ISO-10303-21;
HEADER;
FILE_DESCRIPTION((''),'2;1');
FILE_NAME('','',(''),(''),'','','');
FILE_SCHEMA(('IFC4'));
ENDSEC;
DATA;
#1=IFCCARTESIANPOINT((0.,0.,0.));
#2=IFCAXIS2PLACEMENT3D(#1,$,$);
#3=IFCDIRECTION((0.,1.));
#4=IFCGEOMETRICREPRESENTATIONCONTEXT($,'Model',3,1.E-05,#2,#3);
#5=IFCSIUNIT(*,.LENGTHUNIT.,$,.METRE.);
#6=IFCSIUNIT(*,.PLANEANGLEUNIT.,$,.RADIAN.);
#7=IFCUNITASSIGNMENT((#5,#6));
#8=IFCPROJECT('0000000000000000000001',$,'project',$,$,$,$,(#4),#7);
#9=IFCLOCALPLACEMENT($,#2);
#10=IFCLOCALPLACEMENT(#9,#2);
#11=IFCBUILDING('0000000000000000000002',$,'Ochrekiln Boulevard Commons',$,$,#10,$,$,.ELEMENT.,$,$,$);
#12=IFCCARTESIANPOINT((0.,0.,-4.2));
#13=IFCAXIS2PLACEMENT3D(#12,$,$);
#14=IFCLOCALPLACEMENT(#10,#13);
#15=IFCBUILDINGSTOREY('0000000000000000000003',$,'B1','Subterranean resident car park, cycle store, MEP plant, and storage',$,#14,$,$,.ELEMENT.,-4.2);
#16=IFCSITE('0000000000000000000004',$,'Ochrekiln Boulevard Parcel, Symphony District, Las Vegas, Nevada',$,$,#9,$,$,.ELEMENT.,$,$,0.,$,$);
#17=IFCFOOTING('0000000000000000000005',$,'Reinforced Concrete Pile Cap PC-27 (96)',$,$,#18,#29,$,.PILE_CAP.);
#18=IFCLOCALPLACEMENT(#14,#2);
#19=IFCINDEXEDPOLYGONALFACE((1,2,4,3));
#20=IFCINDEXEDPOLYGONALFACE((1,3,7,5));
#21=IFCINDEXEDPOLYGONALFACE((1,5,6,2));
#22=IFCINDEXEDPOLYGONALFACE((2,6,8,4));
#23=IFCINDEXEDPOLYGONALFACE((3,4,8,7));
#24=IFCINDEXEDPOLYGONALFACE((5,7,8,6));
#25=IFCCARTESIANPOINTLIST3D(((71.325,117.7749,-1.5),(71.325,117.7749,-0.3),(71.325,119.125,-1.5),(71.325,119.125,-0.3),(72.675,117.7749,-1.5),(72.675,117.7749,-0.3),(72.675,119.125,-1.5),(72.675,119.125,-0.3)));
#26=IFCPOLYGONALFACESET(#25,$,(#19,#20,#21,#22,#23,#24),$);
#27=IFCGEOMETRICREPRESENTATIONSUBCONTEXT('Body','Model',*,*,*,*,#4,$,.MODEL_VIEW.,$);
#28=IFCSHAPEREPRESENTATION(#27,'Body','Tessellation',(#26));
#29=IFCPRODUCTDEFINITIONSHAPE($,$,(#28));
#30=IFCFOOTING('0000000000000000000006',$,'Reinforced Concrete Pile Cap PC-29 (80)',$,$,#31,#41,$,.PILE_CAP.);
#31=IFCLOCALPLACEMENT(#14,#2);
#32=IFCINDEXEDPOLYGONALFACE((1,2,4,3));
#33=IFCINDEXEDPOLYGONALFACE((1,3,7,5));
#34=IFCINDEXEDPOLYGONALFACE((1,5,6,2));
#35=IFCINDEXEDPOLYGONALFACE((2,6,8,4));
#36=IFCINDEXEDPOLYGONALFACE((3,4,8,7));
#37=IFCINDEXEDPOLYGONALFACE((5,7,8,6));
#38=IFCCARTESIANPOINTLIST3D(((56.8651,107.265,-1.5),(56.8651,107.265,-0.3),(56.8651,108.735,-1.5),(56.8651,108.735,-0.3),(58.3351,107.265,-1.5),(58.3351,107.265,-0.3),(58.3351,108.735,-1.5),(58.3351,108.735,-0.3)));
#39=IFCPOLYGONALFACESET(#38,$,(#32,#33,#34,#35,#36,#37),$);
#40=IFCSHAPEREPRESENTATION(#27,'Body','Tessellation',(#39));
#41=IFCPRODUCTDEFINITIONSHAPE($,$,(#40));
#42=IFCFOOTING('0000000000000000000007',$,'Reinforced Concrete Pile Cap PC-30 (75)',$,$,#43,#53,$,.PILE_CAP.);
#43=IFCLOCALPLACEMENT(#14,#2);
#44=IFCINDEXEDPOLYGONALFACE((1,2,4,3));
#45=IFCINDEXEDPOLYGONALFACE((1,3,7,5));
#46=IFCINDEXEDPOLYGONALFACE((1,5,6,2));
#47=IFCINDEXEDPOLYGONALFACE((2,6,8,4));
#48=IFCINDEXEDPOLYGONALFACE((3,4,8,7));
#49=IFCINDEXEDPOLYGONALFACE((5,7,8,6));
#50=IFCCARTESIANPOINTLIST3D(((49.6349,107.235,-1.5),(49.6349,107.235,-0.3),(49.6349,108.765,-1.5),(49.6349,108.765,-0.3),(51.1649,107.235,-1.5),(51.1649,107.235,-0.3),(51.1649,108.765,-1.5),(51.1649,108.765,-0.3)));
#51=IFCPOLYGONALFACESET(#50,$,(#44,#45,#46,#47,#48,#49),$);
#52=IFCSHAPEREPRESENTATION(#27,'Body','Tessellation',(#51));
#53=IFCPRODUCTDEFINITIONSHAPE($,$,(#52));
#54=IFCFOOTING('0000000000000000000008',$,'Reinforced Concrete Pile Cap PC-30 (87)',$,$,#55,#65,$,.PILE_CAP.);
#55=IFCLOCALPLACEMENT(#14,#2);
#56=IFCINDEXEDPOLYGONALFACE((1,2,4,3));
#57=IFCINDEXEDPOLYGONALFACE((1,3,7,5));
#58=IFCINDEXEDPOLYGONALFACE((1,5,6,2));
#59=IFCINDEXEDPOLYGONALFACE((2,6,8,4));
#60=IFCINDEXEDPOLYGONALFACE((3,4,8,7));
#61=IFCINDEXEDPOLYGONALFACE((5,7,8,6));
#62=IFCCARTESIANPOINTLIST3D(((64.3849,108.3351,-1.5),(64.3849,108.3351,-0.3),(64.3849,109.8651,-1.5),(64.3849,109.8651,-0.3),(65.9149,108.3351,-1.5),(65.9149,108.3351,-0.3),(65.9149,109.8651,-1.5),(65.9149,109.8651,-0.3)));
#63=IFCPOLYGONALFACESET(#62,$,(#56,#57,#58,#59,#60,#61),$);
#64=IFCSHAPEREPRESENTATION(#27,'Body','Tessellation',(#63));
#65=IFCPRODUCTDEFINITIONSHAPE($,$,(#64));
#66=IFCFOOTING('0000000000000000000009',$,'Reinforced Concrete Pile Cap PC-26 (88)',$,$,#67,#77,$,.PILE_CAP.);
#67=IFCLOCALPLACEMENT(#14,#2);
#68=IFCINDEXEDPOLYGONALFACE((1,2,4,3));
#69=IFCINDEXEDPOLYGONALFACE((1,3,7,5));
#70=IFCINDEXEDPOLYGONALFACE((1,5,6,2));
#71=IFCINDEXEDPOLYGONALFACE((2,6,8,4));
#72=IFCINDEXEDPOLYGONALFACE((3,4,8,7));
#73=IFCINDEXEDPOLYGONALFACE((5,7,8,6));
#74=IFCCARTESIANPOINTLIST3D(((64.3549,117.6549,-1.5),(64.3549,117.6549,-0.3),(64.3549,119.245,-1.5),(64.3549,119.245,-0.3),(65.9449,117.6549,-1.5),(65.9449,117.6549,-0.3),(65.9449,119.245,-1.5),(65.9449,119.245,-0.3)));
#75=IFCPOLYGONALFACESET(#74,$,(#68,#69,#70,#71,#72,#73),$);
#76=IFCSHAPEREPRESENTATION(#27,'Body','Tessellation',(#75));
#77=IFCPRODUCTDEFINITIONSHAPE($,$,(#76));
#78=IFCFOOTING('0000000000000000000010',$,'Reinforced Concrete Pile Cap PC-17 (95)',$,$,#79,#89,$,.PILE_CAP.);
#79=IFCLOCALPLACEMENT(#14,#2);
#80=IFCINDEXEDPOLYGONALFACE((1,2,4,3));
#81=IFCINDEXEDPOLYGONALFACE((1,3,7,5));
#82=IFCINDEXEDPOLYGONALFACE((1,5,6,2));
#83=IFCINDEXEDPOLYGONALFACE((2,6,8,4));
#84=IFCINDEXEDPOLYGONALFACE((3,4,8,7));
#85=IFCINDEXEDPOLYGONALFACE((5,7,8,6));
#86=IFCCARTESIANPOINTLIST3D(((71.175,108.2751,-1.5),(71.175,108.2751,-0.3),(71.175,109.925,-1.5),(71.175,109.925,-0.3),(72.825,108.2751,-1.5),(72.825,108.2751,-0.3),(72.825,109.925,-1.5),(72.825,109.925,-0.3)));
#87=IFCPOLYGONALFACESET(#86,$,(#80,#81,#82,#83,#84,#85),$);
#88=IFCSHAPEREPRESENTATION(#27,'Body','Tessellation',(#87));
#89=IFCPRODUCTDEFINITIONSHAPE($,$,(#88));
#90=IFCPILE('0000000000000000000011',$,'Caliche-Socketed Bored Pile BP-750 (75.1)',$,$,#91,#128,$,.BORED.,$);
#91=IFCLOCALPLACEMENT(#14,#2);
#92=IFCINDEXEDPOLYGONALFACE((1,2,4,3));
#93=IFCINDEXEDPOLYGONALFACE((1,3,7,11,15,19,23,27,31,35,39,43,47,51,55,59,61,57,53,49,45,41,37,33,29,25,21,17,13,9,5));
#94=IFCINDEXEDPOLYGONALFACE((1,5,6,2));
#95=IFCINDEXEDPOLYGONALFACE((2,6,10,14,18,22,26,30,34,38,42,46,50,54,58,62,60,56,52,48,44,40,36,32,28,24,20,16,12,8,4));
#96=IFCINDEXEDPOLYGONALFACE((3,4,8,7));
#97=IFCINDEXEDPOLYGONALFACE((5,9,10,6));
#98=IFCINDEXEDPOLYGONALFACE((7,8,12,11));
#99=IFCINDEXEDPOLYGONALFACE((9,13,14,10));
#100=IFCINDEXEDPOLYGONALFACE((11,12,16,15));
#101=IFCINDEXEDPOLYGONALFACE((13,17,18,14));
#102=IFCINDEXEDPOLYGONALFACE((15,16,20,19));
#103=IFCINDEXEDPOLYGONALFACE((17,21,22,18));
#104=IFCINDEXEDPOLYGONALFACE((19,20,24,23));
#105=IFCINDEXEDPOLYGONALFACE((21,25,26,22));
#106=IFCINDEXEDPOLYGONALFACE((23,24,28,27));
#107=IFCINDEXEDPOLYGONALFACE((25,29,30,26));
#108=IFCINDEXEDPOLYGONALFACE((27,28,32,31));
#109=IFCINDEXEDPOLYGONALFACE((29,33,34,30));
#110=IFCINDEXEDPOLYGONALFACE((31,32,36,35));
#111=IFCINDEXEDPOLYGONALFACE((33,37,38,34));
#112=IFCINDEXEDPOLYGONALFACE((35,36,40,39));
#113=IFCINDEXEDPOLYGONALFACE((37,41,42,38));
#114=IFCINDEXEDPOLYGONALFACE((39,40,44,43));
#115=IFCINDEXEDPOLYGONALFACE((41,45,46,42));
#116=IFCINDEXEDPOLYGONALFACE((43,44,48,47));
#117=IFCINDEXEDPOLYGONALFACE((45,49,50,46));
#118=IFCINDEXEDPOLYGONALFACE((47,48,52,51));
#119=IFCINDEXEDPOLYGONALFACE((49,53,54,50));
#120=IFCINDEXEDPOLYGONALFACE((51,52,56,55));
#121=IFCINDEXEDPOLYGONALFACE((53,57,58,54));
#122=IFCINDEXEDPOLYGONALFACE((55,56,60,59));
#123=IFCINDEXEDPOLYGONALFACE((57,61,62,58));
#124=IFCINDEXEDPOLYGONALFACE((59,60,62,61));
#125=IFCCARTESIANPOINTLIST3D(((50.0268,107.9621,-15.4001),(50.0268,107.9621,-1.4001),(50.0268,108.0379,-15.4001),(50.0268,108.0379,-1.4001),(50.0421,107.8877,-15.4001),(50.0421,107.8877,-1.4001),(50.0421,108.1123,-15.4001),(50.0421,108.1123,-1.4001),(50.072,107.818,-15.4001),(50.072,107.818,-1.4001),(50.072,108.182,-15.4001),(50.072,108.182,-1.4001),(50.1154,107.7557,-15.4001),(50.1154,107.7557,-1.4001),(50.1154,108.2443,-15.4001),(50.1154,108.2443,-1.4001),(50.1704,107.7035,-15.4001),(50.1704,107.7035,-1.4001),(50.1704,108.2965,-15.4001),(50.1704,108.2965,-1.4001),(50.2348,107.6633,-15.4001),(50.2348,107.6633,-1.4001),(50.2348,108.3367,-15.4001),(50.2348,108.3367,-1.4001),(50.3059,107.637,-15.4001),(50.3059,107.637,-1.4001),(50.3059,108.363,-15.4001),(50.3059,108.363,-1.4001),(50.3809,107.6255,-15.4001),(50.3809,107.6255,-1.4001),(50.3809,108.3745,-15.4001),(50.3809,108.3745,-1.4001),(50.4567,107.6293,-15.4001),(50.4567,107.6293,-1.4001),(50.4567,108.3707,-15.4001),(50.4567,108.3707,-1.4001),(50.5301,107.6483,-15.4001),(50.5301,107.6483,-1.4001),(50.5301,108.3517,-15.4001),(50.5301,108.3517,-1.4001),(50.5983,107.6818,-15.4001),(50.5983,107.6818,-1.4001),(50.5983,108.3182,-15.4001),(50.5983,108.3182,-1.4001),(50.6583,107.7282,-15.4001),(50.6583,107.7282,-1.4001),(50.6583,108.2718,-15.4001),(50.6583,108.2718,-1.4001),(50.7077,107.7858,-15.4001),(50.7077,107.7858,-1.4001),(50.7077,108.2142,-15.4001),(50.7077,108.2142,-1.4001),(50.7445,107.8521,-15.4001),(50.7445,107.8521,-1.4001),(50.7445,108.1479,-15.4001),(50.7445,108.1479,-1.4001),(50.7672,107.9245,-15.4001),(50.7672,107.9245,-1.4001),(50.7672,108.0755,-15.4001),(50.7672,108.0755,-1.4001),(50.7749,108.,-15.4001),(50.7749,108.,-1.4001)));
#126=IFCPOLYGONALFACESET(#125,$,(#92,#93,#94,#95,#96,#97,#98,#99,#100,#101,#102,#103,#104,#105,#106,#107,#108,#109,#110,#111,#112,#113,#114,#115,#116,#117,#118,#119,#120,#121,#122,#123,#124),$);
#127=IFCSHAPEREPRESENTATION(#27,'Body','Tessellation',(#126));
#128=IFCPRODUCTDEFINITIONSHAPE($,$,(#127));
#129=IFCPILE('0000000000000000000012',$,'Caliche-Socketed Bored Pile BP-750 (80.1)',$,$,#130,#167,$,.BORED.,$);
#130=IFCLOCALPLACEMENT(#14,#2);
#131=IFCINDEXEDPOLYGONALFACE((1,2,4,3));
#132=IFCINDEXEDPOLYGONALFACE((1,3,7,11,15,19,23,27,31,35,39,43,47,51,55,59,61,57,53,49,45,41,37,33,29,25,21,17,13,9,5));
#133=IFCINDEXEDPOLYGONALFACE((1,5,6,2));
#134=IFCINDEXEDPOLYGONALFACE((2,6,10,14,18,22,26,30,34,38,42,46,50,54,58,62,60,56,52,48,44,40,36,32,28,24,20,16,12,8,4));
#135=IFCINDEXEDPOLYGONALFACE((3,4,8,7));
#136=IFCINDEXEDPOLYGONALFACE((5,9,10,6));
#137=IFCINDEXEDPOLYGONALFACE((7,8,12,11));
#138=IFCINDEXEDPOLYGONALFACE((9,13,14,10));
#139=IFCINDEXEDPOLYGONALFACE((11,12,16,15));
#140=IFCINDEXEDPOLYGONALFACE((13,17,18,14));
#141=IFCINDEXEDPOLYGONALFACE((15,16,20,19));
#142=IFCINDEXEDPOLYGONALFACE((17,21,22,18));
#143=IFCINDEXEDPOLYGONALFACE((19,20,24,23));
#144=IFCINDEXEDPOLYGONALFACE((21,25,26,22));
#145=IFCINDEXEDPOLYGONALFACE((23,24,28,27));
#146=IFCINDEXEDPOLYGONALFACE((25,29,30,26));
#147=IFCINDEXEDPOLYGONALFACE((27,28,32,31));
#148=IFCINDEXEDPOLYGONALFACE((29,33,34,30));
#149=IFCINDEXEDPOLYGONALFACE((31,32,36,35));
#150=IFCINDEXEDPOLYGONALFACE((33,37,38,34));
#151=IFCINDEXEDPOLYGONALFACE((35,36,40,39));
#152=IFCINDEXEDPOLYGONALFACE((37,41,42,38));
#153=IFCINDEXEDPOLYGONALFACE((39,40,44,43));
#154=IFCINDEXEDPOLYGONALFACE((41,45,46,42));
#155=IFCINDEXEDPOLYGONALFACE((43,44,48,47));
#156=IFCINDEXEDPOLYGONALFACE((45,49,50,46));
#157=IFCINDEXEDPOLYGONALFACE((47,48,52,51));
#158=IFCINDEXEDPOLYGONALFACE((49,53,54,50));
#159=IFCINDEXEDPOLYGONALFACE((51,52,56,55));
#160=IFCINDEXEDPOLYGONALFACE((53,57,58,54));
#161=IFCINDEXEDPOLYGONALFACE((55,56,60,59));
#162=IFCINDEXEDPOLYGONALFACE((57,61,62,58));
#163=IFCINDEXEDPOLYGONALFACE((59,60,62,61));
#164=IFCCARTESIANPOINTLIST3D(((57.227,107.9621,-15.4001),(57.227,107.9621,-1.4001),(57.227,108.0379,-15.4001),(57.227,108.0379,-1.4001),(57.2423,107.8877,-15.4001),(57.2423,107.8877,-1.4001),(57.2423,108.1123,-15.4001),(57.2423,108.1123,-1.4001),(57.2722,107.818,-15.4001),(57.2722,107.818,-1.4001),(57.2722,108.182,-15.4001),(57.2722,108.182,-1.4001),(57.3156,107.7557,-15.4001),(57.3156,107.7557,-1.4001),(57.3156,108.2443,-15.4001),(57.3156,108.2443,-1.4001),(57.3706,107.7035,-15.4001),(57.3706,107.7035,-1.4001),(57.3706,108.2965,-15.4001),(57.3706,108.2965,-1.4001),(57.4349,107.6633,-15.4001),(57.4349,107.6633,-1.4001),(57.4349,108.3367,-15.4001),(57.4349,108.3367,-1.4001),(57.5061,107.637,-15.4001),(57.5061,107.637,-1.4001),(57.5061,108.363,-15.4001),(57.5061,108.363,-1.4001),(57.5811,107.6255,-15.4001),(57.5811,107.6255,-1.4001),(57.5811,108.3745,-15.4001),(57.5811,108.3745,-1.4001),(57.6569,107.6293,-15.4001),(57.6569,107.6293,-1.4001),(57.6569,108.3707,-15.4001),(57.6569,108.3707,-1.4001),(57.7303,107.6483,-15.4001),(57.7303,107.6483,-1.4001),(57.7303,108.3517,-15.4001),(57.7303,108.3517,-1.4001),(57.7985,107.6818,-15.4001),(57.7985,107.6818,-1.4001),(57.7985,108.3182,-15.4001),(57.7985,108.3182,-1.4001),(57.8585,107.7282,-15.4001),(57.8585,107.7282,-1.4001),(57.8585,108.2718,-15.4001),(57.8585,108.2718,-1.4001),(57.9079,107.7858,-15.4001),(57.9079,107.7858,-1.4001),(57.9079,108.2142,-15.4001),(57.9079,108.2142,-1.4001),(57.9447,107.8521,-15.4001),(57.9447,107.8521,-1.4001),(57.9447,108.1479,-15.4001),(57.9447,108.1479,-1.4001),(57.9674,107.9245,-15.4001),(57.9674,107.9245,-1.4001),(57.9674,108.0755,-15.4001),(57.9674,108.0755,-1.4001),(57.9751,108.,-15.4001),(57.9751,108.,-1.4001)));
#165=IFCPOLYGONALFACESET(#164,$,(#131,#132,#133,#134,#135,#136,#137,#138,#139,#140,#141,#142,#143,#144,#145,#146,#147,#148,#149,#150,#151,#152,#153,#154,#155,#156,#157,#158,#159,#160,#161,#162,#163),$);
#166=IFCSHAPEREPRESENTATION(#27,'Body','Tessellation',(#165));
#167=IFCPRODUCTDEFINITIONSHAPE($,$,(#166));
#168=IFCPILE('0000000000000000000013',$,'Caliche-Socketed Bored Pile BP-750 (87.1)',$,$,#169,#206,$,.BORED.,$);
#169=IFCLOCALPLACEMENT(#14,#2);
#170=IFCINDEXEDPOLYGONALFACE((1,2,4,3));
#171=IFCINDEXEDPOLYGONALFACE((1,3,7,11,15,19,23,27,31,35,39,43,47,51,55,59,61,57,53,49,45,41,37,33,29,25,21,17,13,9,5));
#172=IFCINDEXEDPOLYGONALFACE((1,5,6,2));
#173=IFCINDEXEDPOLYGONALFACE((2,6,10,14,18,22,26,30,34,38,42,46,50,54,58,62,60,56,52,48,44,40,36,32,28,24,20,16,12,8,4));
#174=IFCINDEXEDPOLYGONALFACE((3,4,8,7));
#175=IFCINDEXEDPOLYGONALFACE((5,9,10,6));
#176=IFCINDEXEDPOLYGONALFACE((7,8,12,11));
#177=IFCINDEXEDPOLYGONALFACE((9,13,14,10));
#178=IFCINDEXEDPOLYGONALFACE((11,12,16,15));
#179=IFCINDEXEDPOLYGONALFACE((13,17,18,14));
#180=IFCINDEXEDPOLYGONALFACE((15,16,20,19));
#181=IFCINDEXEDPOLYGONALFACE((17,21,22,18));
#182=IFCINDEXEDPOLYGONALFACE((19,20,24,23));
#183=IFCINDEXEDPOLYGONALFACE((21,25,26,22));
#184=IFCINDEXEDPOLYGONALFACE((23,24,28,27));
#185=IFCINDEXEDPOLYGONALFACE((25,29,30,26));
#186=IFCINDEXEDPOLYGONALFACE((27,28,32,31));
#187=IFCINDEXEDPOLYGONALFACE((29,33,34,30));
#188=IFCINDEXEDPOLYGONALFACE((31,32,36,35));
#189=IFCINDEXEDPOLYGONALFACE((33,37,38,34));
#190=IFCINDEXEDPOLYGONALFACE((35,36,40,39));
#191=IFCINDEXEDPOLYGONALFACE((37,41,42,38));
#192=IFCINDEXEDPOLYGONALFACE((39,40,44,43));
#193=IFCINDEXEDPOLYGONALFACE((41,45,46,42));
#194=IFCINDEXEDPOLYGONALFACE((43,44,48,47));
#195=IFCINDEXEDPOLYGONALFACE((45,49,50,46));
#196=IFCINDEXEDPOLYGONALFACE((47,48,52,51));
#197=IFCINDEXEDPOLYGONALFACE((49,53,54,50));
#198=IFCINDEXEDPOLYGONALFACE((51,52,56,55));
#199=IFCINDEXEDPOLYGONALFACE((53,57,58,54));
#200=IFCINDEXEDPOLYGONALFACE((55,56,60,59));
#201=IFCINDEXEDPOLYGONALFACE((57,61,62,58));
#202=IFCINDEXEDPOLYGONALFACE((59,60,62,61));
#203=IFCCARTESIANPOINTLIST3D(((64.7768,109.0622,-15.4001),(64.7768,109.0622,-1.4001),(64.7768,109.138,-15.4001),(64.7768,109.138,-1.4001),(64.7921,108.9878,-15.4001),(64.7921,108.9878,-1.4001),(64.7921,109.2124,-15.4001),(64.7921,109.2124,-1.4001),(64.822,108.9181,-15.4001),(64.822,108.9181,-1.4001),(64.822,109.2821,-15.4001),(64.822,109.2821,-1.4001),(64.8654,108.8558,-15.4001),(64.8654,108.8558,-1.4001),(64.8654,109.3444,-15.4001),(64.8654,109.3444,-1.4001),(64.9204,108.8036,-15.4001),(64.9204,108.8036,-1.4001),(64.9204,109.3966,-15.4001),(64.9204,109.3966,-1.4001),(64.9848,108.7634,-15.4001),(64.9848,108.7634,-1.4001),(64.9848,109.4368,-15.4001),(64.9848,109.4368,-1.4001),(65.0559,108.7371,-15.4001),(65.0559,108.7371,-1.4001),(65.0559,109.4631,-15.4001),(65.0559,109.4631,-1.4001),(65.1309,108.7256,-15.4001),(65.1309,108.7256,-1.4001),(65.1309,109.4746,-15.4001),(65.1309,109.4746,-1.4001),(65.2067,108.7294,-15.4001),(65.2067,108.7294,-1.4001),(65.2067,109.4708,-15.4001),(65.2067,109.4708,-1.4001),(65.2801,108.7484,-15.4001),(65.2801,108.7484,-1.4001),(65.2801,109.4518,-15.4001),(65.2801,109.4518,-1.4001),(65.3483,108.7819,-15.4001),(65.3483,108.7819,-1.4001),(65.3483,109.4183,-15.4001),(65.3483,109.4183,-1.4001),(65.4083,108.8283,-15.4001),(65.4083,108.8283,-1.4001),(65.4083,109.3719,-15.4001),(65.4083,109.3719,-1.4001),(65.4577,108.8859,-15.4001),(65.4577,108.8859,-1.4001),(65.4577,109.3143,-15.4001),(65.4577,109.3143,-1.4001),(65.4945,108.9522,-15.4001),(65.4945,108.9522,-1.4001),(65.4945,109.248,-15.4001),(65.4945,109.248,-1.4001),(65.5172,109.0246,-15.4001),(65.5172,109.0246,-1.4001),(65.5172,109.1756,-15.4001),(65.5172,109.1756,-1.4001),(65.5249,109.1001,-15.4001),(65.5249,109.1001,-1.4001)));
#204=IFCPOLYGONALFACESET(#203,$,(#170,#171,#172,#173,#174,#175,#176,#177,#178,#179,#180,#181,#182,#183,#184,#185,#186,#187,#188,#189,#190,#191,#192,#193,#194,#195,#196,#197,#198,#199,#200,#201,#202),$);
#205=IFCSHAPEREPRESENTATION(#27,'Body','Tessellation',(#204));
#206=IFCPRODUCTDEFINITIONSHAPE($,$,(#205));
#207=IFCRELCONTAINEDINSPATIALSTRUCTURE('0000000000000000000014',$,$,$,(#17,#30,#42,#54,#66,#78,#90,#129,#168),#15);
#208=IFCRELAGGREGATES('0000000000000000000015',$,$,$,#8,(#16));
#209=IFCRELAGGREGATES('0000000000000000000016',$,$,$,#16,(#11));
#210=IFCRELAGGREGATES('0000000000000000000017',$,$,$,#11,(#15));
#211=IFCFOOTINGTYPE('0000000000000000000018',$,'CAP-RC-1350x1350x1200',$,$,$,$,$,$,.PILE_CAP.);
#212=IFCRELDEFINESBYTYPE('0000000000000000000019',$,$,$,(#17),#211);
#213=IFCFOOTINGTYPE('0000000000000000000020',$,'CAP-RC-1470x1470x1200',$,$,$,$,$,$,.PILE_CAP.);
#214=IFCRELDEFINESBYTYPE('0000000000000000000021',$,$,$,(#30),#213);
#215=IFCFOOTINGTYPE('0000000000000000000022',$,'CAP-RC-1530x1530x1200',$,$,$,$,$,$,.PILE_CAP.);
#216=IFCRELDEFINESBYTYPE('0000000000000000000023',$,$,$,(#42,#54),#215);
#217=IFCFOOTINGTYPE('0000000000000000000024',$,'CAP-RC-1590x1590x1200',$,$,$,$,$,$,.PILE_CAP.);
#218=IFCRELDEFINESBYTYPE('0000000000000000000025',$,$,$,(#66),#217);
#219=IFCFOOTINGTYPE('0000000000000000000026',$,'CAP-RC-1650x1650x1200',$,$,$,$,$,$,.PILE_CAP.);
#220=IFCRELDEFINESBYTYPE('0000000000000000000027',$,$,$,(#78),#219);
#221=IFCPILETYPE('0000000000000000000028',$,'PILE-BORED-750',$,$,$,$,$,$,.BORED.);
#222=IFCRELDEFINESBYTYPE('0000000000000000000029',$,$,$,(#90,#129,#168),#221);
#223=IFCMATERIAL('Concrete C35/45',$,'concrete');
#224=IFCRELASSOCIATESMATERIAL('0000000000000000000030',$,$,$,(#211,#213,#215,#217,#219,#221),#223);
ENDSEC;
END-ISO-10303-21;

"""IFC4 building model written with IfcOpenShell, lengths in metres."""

from ifc_helpers import new_model, si_unit, direction, frame, origin, origin_2d, place, context, subcontext, project, spatial, rectangle, circle, extrude, material, material_profile, profile_set, type_object, element, save


model = new_model("IFC4")

# Units and contexts
model_context = context("Model", 3, precision=1e-05, world=origin(), true_north=direction((0.0, 1.0)))
body_context = subcontext(model_context, "Body", "Model", "MODEL_VIEW")
ifc_project = project(units=[si_unit("LENGTHUNIT", "METRE"), si_unit("PLANEANGLEUNIT", "RADIAN")], contexts=[model_context])

# Site, building, storey
site_placement = place(None, origin())
site = spatial("IfcSite", under=ifc_project, at=site_placement, Name="Ochrekiln Boulevard Parcel, Symphony District, Las Vegas, Nevada", CompositionType="ELEMENT", RefElevation=0.0)
building_placement = place(site_placement, origin())
building = spatial("IfcBuilding", under=site, at=building_placement, Name="Ochrekiln Boulevard Commons", CompositionType="ELEMENT")
storey_placement = place(building_placement, frame((0.0, 0.0, -4.2)))
storey = spatial("IfcBuildingStorey", under=building, at=storey_placement, Name="B1", Description="Subterranean resident car park, cycle store, MEP plant, and storage", CompositionType="ELEMENT", Elevation=-4.2)

# Footings
ifc_material_1 = material(Name="Concrete C35/45", Category="concrete")
footing_type_1 = type_object("IfcFootingType", Name="CAP-RC-1350x1350x1200", PredefinedType="PILE_CAP", material=ifc_material_1)
footing_1_placement = place(storey_placement, frame((72.0, 118.45, -1.5), z_axis=(0.0, 0.0, 1.0), x_axis=(1.0, 0.0, 0.0)))
element("IfcFooting", 1, at=footing_1_placement, inside=storey, type_object=footing_type_1, Name="Reinforced Concrete Pile Cap PC-27 (96)", PredefinedType="PILE_CAP", context=body_context, shape_type="SweptSolid", body=[
    extrude(rectangle(XDim=1.3501, YDim=1.3501, at=origin_2d()), origin(), (0.0, 0.0, 1.0), 1.2),
])
footing_type_2 = type_object("IfcFootingType", Name="CAP-RC-1470x1470x1200", PredefinedType="PILE_CAP", material=ifc_material_1)
footing_2_placement = place(storey_placement, frame((57.6001, 108.0, -1.5), z_axis=(0.0, 0.0, 1.0), x_axis=(1.0, 0.0, 0.0)))
element("IfcFooting", 2, at=footing_2_placement, inside=storey, type_object=footing_type_2, Name="Reinforced Concrete Pile Cap PC-29 (80)", PredefinedType="PILE_CAP", context=body_context, shape_type="SweptSolid", body=[
    extrude(rectangle(XDim=1.47, YDim=1.47, at=origin_2d()), origin(), (0.0, 0.0, 1.0), 1.2),
])
footing_type_3 = type_object("IfcFootingType", Name="CAP-RC-1530x1530x1200", PredefinedType="PILE_CAP", material=ifc_material_1)
for number, where, z_axis, x_axis, name in (
    (3, (50.3999, 108.0, -1.5), (0.0, 0.0, 1.0), (1.0, 0.0, 0.0), "Reinforced Concrete Pile Cap PC-30 (75)"),
    (4, (65.1499, 109.1001, -1.5), (0.0, 0.0, 1.0), (1.0, 0.0, 0.0), "Reinforced Concrete Pile Cap PC-30 (87)"),
):
    element("IfcFooting", number, at=place(storey_placement, frame(where, z_axis=z_axis, x_axis=x_axis)), inside=storey, type_object=footing_type_3, Name=name, PredefinedType="PILE_CAP", context=body_context, shape_type="SweptSolid", body=[
        extrude(rectangle(XDim=1.53, YDim=1.53, at=origin_2d()), origin(), (0.0, 0.0, 1.0), 1.2),
    ])
footing_type_4 = type_object("IfcFootingType", Name="CAP-RC-1590x1590x1200", PredefinedType="PILE_CAP", material=ifc_material_1)
footing_3_placement = place(storey_placement, frame((65.1499, 118.45, -1.5), z_axis=(0.0, 0.0, 1.0), x_axis=(1.0, 0.0, 0.0)))
element("IfcFooting", 5, at=footing_3_placement, inside=storey, type_object=footing_type_4, Name="Reinforced Concrete Pile Cap PC-26 (88)", PredefinedType="PILE_CAP", context=body_context, shape_type="SweptSolid", body=[
    extrude(rectangle(XDim=1.5901, YDim=1.5901, at=origin_2d()), origin(), (0.0, 0.0, 1.0), 1.2),
])
footing_type_5 = type_object("IfcFootingType", Name="CAP-RC-1650x1650x1200", PredefinedType="PILE_CAP", material=ifc_material_1)
footing_4_placement = place(storey_placement, frame((72.0, 109.1001, -1.5), z_axis=(0.0, 0.0, 1.0), x_axis=(1.0, 0.0, 0.0)))
element("IfcFooting", 6, at=footing_4_placement, inside=storey, type_object=footing_type_5, Name="Reinforced Concrete Pile Cap PC-17 (95)", PredefinedType="PILE_CAP", context=body_context, shape_type="SweptSolid", body=[
    extrude(rectangle(XDim=1.6499, YDim=1.6499, at=origin_2d()), origin(), (0.0, 0.0, 1.0), 1.2),
])

# Piles
ifc_material_profile_1 = material_profile(ifc_material_1, circle(Radius=0.375, at=origin_2d()), Name="PILE-D750")
ifc_profile_set_1 = profile_set([ifc_material_profile_1], Name="Concrete C35/45")
pile_type = type_object("IfcPileType", Name="PILE-BORED-750", PredefinedType="BORED", material=ifc_profile_set_1)
for number, where, z_axis, x_axis, name in (
    (7, (50.3999, 108.0, -1.4001), (0.0, 0.0, -1.0), (1.0, 0.0, 0.0), "Caliche-Socketed Bored Pile BP-750 (75.1)"),
    (8, (57.6001, 108.0, -1.4001), (0.0, 0.0, -1.0), (1.0, 0.0, 0.0), "Caliche-Socketed Bored Pile BP-750 (80.1)"),
    (9, (65.1499, 109.1001, -1.4001), (0.0, 0.0, -1.0), (1.0, 0.0, 0.0), "Caliche-Socketed Bored Pile BP-750 (87.1)"),
):
    element("IfcPile", number, at=place(storey_placement, frame(where, z_axis=z_axis, x_axis=x_axis)), inside=storey, type_object=pile_type, Name=name, PredefinedType="BORED", context=body_context, shape_type="SweptSolid", body=[
        extrude(circle(Radius=0.375, at=origin_2d()), origin(), (0.0, 0.0, 1.0), 14.0),
    ])

save(model, "model.ifc")
